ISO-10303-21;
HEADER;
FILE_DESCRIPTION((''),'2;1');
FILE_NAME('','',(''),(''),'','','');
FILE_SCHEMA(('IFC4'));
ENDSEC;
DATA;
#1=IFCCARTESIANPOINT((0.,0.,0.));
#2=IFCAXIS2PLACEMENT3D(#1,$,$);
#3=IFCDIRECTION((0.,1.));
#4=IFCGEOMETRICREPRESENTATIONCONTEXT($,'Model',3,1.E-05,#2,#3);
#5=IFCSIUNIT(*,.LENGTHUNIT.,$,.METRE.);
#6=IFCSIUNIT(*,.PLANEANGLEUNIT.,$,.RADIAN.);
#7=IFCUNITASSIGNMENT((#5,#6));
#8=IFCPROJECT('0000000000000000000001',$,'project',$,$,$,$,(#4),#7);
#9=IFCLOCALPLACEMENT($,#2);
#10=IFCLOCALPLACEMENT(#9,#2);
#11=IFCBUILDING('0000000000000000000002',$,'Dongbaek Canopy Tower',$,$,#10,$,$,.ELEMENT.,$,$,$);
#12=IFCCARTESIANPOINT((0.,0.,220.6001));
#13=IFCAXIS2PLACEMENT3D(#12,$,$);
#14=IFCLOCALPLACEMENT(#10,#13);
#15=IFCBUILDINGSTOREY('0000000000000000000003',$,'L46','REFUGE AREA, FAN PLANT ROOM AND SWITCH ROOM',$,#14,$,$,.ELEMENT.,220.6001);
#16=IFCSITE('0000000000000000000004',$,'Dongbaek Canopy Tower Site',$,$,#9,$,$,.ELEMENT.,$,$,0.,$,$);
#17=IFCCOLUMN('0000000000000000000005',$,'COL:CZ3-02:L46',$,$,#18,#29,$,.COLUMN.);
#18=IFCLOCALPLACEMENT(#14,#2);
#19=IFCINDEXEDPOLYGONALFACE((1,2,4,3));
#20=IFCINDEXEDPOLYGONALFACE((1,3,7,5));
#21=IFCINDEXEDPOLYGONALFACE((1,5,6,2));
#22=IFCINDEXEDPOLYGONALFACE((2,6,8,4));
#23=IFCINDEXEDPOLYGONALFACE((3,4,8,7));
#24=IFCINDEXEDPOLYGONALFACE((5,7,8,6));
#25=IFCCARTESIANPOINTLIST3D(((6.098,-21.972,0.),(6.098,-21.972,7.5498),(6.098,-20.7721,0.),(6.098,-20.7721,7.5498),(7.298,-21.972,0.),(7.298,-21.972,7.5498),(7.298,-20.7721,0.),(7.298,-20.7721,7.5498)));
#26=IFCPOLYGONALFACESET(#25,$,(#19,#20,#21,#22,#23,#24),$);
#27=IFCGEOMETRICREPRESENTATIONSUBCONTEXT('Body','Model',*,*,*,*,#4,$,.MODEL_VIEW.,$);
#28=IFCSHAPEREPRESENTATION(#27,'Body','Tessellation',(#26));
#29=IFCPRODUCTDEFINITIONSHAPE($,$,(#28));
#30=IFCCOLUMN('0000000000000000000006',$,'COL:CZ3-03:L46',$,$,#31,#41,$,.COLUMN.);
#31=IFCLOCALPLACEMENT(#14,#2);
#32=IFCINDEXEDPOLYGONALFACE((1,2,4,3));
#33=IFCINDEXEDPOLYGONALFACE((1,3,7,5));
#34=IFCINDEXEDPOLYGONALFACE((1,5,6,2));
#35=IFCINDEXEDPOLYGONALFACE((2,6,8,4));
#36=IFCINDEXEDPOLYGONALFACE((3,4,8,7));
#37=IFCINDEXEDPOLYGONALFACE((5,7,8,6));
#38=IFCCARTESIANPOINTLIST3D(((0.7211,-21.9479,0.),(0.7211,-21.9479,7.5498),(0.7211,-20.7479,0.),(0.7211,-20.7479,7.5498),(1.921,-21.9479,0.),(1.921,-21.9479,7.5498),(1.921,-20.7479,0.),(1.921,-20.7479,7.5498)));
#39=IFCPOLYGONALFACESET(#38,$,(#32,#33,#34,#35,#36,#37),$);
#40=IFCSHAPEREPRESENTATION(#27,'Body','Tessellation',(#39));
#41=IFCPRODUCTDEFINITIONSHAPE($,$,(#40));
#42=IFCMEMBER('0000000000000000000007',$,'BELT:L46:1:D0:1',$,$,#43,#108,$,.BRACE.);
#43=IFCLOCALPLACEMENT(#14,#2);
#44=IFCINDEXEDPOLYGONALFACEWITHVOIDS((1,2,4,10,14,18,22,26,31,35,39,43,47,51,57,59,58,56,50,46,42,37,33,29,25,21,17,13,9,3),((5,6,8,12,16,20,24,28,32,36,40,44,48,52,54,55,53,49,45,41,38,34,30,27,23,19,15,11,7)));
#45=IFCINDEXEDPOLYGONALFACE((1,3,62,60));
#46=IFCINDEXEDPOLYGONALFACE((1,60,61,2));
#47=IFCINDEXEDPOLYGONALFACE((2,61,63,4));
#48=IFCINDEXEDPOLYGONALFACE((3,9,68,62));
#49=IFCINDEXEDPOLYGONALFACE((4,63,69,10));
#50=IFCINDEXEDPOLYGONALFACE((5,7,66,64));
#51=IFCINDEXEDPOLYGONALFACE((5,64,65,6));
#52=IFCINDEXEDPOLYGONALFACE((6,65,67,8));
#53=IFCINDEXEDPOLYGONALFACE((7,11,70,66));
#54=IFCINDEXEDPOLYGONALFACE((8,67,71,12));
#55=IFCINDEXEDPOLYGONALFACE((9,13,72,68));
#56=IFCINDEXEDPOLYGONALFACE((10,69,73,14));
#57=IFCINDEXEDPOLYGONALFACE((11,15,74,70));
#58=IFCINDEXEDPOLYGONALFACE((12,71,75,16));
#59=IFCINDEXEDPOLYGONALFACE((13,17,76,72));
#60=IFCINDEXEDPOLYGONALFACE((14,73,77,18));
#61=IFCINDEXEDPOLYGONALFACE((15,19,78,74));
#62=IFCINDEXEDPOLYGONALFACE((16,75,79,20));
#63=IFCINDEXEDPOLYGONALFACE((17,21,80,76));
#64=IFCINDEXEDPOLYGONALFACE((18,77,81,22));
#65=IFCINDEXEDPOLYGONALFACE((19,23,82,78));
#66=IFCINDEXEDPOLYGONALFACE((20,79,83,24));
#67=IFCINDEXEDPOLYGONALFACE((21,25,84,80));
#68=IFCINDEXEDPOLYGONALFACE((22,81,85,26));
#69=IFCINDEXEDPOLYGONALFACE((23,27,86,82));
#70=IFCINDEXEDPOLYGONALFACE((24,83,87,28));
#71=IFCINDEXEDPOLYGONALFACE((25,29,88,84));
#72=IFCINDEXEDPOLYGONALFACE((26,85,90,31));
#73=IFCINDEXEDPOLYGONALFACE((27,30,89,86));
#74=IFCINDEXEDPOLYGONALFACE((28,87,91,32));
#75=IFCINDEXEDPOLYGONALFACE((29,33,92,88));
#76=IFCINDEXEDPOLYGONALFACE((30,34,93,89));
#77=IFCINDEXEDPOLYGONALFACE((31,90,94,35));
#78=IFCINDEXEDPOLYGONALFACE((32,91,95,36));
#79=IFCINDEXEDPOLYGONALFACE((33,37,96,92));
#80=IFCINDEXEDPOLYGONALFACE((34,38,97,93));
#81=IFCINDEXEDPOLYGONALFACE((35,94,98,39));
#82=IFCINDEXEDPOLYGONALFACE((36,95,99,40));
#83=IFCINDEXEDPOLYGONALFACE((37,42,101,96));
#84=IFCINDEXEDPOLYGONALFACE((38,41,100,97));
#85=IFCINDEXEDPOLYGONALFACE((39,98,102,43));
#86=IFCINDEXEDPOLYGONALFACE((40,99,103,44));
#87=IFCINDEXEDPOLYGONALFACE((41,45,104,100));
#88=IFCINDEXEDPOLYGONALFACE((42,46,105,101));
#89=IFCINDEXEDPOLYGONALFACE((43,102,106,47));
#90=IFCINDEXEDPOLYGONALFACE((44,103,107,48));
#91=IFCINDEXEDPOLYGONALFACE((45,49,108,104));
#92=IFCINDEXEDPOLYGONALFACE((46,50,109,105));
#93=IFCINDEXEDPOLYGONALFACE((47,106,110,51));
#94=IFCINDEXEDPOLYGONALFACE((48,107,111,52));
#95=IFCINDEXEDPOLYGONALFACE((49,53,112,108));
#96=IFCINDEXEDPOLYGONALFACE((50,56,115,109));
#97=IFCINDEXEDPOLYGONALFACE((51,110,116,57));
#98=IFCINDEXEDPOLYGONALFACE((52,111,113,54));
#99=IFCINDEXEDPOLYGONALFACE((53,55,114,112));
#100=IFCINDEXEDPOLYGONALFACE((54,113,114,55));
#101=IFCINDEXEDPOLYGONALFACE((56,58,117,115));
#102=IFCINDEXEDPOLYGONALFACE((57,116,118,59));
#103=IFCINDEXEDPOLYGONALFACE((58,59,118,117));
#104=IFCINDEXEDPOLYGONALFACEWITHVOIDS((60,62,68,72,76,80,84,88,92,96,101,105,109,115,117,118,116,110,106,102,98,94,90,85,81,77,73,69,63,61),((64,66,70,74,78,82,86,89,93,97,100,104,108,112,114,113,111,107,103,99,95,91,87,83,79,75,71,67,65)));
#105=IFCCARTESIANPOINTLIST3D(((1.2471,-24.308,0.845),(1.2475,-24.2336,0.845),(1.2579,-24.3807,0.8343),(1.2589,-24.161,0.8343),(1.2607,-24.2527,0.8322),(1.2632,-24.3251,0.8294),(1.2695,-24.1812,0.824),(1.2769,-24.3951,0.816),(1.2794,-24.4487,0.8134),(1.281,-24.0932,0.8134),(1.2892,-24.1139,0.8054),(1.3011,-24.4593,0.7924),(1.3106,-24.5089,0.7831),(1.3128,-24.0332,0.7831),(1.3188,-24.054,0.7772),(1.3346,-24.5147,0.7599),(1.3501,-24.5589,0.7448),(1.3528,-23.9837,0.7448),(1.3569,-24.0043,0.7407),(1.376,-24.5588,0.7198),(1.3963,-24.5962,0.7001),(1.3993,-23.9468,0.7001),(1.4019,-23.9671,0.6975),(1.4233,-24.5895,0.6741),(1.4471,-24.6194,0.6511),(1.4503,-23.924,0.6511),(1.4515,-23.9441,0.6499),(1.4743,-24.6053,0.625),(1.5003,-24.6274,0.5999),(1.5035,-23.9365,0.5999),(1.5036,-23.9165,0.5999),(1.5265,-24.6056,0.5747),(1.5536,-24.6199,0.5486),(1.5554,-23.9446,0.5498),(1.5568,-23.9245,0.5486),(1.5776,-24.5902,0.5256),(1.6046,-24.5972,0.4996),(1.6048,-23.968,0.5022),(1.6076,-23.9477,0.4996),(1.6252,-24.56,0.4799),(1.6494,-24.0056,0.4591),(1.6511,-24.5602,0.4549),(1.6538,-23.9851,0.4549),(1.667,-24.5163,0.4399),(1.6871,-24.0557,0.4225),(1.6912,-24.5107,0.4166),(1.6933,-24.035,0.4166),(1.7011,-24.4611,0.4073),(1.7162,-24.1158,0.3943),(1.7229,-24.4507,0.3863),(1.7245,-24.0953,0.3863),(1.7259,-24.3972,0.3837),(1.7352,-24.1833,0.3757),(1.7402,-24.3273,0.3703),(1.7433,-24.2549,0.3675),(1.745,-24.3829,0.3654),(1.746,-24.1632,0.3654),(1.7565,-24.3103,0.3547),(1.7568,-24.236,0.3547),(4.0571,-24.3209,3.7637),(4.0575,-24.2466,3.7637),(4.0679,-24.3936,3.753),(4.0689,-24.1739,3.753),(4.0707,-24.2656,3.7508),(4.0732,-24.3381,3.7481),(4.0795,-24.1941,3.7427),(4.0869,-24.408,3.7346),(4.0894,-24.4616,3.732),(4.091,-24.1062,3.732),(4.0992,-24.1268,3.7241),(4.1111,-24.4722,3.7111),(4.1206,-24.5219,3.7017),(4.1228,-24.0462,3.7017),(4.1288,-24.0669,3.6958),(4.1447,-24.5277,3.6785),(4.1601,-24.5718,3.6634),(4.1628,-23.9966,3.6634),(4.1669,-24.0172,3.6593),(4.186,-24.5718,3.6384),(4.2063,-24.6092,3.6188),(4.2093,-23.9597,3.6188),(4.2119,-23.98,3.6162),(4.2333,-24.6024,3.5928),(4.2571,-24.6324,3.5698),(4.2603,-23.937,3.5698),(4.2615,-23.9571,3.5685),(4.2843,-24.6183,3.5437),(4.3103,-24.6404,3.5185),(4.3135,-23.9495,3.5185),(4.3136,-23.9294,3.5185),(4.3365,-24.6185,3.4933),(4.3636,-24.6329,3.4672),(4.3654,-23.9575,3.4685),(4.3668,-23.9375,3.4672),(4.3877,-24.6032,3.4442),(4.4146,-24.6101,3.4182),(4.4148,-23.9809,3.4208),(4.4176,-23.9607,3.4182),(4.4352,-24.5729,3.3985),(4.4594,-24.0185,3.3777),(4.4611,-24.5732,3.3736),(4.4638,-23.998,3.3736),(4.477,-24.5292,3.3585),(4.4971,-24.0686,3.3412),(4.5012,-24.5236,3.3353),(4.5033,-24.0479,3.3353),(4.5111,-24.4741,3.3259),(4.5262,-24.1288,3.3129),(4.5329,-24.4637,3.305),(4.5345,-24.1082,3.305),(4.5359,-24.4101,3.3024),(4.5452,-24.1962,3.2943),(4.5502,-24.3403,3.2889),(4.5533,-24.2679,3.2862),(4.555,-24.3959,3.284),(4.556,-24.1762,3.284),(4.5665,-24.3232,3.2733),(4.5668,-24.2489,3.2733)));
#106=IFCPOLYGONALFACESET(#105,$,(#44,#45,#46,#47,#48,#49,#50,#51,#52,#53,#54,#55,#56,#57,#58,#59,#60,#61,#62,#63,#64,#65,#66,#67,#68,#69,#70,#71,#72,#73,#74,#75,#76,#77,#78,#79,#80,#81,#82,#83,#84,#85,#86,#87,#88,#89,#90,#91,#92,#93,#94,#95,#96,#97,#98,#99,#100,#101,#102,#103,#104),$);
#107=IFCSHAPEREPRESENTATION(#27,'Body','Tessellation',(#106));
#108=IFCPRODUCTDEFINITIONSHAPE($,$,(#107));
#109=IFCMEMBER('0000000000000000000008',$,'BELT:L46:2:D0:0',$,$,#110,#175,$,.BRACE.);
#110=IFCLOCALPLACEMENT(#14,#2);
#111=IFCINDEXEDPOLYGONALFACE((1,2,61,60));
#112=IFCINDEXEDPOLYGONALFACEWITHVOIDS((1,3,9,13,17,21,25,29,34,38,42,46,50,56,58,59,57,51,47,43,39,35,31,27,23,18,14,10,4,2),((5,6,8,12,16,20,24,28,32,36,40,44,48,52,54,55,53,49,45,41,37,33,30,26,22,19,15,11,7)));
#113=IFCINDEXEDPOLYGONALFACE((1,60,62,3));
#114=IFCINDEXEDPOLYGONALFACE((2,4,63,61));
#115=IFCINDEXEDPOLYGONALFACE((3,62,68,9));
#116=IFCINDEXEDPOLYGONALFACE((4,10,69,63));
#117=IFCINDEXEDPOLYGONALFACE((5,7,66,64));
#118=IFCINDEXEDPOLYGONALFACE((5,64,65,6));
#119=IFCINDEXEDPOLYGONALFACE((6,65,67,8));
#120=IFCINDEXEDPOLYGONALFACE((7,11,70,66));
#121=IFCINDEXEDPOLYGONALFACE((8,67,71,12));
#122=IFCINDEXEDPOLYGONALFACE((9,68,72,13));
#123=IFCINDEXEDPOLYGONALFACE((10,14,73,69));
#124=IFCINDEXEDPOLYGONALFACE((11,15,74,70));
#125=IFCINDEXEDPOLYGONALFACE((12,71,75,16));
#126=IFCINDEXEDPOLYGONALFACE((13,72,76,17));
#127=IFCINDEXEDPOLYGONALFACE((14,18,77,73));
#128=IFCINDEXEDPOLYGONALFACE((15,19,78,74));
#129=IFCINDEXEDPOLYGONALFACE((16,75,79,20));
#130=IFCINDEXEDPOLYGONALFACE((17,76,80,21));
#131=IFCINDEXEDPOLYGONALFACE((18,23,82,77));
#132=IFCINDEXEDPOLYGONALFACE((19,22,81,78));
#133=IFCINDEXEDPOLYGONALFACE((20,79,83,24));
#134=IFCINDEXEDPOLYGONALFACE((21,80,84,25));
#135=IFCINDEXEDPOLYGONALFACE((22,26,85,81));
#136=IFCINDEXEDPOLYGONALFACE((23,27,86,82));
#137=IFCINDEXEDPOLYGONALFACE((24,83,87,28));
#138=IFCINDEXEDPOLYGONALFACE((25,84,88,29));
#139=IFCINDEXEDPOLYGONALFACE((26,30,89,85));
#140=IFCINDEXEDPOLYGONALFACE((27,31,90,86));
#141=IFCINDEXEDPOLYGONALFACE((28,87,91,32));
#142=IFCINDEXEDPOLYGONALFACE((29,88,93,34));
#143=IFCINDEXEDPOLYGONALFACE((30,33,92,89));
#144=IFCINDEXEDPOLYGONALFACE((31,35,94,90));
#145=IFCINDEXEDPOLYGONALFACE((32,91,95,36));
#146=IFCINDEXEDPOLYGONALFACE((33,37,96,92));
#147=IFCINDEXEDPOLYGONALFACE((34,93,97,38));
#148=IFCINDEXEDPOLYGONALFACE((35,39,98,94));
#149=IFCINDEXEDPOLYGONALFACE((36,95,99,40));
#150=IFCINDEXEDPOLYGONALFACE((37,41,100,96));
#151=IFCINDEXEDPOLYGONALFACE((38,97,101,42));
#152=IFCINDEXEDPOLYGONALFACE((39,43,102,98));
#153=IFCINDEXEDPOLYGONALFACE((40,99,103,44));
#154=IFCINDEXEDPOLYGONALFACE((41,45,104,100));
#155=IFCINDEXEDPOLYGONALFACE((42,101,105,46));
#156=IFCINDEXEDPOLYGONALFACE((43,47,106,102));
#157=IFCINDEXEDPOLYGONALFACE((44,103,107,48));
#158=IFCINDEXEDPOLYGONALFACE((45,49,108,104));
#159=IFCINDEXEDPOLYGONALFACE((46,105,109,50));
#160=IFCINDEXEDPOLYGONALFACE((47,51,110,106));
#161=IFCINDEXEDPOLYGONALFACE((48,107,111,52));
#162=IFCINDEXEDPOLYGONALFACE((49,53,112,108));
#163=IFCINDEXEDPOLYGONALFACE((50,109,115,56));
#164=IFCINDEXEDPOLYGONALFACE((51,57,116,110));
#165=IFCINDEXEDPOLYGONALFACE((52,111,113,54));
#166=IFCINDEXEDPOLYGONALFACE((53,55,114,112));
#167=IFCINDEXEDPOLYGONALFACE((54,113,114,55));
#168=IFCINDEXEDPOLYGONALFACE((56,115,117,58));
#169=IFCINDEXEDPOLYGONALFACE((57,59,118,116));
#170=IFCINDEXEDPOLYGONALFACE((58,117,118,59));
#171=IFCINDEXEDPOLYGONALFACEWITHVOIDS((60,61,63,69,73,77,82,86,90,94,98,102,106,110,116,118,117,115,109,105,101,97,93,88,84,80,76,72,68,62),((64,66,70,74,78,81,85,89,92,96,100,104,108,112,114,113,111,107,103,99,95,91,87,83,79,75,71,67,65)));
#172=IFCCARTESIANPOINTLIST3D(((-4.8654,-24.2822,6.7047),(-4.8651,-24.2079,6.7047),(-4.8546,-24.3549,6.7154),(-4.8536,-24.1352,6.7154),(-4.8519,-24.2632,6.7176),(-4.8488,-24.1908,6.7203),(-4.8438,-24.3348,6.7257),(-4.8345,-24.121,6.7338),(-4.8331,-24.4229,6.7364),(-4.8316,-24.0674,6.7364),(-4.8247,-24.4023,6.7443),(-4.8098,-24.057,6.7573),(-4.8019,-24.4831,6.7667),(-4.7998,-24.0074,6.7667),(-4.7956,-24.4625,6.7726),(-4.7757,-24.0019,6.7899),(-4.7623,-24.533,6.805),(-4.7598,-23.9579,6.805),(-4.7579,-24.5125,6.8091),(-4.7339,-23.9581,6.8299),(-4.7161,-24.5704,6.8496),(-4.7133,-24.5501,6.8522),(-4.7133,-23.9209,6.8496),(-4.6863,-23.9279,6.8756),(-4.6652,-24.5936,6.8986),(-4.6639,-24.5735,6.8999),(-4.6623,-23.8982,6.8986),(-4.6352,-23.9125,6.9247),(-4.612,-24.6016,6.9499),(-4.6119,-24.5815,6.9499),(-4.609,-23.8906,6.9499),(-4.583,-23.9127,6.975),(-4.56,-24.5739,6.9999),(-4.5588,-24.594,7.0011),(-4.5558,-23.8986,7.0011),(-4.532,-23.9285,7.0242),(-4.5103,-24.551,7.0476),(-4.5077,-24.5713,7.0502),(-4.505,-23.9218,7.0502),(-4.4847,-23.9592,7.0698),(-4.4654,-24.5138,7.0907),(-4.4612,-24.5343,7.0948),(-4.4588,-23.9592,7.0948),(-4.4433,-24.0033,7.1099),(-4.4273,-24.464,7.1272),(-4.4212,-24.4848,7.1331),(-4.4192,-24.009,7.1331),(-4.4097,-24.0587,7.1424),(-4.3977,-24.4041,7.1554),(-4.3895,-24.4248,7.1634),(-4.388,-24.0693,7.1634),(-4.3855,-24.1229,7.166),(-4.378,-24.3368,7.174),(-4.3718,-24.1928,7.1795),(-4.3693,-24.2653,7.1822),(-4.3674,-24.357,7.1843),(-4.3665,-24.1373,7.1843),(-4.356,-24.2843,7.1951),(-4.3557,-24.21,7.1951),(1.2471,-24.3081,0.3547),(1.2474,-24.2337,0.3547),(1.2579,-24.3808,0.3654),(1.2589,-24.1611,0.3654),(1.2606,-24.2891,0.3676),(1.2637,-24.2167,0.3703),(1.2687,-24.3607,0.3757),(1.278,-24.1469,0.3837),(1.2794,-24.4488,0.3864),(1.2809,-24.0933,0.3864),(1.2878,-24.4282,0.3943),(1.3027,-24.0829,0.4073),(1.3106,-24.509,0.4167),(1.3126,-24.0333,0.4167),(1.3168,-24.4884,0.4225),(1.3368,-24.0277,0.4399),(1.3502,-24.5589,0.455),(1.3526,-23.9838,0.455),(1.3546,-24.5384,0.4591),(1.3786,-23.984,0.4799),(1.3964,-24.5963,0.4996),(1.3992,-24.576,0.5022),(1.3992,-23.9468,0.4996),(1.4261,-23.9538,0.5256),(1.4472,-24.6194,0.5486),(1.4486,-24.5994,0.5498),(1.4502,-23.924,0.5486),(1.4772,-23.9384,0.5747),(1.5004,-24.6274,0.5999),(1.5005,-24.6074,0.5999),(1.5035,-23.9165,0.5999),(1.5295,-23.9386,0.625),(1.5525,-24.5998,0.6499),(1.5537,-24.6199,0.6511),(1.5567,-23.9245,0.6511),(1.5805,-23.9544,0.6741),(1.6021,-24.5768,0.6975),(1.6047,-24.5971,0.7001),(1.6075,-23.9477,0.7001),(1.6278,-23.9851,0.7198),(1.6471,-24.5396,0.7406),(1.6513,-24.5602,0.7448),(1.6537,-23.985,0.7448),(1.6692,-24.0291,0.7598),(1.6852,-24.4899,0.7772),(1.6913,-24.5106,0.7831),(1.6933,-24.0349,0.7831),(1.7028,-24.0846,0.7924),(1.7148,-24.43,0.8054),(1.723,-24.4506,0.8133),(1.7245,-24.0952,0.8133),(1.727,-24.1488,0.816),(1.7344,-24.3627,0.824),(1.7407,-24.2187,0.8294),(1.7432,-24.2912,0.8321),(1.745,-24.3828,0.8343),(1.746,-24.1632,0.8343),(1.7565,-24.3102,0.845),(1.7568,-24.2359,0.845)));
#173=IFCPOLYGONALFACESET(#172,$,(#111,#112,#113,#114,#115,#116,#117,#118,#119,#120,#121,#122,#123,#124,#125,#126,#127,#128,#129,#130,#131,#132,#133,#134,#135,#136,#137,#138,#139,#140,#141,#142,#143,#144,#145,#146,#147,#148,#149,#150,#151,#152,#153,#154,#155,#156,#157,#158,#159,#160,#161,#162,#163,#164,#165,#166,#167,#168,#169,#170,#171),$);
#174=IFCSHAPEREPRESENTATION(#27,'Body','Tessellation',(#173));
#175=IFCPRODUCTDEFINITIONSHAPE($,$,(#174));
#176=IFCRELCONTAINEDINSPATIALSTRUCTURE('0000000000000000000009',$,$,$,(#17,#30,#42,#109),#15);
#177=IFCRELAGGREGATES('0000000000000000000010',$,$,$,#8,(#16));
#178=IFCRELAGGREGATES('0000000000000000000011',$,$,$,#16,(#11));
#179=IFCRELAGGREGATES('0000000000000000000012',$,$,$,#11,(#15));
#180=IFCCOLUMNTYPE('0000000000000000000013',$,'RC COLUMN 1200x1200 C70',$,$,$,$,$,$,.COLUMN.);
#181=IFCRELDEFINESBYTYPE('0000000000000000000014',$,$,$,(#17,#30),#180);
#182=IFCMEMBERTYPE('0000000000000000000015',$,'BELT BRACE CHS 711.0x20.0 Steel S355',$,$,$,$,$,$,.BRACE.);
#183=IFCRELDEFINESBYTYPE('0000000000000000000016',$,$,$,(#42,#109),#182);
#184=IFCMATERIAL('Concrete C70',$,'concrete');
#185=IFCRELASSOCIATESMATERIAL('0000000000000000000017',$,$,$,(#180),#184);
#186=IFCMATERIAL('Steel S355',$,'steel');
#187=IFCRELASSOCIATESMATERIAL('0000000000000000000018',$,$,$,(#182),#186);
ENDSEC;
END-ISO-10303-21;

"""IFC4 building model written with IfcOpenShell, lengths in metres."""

from ifc_helpers import new_model, si_unit, direction, frame, origin, origin_2d, place, context, subcontext, project, spatial, rectangle, hollow_circle, extrude, material, material_profile, profile_set, type_object, element, save


model = new_model("IFC4")

# Units and contexts
model_context = context("Model", 3, precision=1e-05, world=origin(), true_north=direction((0.0, 1.0)))
body_context = subcontext(model_context, "Body", "Model", "MODEL_VIEW")
ifc_project = project(units=[si_unit("LENGTHUNIT", "METRE"), si_unit("PLANEANGLEUNIT", "RADIAN")], contexts=[model_context])

# Site, building, storey
site_placement = place(None, origin())
site = spatial("IfcSite", under=ifc_project, at=site_placement, Name="Dongbaek Canopy Tower Site", CompositionType="ELEMENT", RefElevation=0.0)
building_placement = place(site_placement, origin())
building = spatial("IfcBuilding", under=site, at=building_placement, Name="Dongbaek Canopy Tower", CompositionType="ELEMENT")
storey_placement = place(building_placement, frame((0.0, 0.0, 220.6001)))
storey = spatial("IfcBuildingStorey", under=building, at=storey_placement, Name="L46", Description="REFUGE AREA, FAN PLANT ROOM AND SWITCH ROOM", CompositionType="ELEMENT", Elevation=220.6001)

# Columns
ifc_material_1 = material(Name="Concrete C70", Category="concrete")
ifc_material_profile_1 = material_profile(ifc_material_1, rectangle(XDim=1.2, YDim=1.2, at=origin_2d()), Name="RC COLUMN 1200x1200 C70")
ifc_profile_set_1 = profile_set([ifc_material_profile_1], Name="Concrete C70")
column_type = type_object("IfcColumnType", Name="RC COLUMN 1200x1200 C70", PredefinedType="COLUMN", material=ifc_profile_set_1)
for number, where, z_axis, x_axis, name in (
    (1, (6.698, -21.3721, 0.0), (0.0, 0.0, 1.0), (1.0, 0.0, 0.0), "COL:CZ3-02:L46"),
    (2, (1.321, -21.3479, 0.0), (0.0, 0.0, 1.0), (1.0, 0.0, 0.0), "COL:CZ3-03:L46"),
):
    element("IfcColumn", number, at=place(storey_placement, frame(where, z_axis=z_axis, x_axis=x_axis)), inside=storey, type_object=column_type, Name=name, PredefinedType="COLUMN", context=body_context, shape_type="SweptSolid", body=[
        extrude(rectangle(XDim=1.2, YDim=1.2, at=origin_2d()), origin(), (0.0, 0.0, 1.0), 7.5498),
    ])

# Members
ifc_material_2 = material(Name="Steel S355", Category="steel")
ifc_material_profile_2 = material_profile(ifc_material_2, hollow_circle(Radius=0.3555, WallThickness=0.02, at=origin_2d()), Name="BELT BRACE CHS 711.0x20.0 Steel S355")
ifc_profile_set_2 = profile_set([ifc_material_profile_2], Name="Steel S355")
member_type_1 = type_object("IfcMemberType", Name="BELT BRACE CHS 711.0x20.0 Steel S355", PredefinedType="BRACE", material=ifc_profile_set_2)
member_1_placement = place(storey_placement, frame((1.502, -24.272, 0.5999), z_axis=(0.693569, -0.003194, 0.720383), x_axis=(0.004605, 0.999989, 0.0)))
element("IfcMember", 3, at=member_1_placement, inside=storey, type_object=member_type_1, Name="BELT:L46:1:D0:1", PredefinedType="BRACE", context=body_context, shape_type="SweptSolid", body=[
    extrude(hollow_circle(Radius=0.3555, WallThickness=0.02, at=origin_2d()), origin(), (0.0, 0.0, 1.0), 4.0515),
])
member_2_placement = place(storey_placement, frame((1.502, -24.272, 0.5999), z_axis=(-0.6935, 0.002936, 0.720451), x_axis=(-0.004234, -0.999991, 0.0)))
element("IfcMember", 4, at=member_2_placement, inside=storey, type_object=member_type_1, Name="BELT:L46:2:D0:0", PredefinedType="BRACE", context=body_context, shape_type="SweptSolid", body=[
    extrude(hollow_circle(Radius=0.3555, WallThickness=0.02, at=origin_2d()), origin(), (0.0, 0.0, 1.0), 8.814),
])

save(model, "model.ifc")
